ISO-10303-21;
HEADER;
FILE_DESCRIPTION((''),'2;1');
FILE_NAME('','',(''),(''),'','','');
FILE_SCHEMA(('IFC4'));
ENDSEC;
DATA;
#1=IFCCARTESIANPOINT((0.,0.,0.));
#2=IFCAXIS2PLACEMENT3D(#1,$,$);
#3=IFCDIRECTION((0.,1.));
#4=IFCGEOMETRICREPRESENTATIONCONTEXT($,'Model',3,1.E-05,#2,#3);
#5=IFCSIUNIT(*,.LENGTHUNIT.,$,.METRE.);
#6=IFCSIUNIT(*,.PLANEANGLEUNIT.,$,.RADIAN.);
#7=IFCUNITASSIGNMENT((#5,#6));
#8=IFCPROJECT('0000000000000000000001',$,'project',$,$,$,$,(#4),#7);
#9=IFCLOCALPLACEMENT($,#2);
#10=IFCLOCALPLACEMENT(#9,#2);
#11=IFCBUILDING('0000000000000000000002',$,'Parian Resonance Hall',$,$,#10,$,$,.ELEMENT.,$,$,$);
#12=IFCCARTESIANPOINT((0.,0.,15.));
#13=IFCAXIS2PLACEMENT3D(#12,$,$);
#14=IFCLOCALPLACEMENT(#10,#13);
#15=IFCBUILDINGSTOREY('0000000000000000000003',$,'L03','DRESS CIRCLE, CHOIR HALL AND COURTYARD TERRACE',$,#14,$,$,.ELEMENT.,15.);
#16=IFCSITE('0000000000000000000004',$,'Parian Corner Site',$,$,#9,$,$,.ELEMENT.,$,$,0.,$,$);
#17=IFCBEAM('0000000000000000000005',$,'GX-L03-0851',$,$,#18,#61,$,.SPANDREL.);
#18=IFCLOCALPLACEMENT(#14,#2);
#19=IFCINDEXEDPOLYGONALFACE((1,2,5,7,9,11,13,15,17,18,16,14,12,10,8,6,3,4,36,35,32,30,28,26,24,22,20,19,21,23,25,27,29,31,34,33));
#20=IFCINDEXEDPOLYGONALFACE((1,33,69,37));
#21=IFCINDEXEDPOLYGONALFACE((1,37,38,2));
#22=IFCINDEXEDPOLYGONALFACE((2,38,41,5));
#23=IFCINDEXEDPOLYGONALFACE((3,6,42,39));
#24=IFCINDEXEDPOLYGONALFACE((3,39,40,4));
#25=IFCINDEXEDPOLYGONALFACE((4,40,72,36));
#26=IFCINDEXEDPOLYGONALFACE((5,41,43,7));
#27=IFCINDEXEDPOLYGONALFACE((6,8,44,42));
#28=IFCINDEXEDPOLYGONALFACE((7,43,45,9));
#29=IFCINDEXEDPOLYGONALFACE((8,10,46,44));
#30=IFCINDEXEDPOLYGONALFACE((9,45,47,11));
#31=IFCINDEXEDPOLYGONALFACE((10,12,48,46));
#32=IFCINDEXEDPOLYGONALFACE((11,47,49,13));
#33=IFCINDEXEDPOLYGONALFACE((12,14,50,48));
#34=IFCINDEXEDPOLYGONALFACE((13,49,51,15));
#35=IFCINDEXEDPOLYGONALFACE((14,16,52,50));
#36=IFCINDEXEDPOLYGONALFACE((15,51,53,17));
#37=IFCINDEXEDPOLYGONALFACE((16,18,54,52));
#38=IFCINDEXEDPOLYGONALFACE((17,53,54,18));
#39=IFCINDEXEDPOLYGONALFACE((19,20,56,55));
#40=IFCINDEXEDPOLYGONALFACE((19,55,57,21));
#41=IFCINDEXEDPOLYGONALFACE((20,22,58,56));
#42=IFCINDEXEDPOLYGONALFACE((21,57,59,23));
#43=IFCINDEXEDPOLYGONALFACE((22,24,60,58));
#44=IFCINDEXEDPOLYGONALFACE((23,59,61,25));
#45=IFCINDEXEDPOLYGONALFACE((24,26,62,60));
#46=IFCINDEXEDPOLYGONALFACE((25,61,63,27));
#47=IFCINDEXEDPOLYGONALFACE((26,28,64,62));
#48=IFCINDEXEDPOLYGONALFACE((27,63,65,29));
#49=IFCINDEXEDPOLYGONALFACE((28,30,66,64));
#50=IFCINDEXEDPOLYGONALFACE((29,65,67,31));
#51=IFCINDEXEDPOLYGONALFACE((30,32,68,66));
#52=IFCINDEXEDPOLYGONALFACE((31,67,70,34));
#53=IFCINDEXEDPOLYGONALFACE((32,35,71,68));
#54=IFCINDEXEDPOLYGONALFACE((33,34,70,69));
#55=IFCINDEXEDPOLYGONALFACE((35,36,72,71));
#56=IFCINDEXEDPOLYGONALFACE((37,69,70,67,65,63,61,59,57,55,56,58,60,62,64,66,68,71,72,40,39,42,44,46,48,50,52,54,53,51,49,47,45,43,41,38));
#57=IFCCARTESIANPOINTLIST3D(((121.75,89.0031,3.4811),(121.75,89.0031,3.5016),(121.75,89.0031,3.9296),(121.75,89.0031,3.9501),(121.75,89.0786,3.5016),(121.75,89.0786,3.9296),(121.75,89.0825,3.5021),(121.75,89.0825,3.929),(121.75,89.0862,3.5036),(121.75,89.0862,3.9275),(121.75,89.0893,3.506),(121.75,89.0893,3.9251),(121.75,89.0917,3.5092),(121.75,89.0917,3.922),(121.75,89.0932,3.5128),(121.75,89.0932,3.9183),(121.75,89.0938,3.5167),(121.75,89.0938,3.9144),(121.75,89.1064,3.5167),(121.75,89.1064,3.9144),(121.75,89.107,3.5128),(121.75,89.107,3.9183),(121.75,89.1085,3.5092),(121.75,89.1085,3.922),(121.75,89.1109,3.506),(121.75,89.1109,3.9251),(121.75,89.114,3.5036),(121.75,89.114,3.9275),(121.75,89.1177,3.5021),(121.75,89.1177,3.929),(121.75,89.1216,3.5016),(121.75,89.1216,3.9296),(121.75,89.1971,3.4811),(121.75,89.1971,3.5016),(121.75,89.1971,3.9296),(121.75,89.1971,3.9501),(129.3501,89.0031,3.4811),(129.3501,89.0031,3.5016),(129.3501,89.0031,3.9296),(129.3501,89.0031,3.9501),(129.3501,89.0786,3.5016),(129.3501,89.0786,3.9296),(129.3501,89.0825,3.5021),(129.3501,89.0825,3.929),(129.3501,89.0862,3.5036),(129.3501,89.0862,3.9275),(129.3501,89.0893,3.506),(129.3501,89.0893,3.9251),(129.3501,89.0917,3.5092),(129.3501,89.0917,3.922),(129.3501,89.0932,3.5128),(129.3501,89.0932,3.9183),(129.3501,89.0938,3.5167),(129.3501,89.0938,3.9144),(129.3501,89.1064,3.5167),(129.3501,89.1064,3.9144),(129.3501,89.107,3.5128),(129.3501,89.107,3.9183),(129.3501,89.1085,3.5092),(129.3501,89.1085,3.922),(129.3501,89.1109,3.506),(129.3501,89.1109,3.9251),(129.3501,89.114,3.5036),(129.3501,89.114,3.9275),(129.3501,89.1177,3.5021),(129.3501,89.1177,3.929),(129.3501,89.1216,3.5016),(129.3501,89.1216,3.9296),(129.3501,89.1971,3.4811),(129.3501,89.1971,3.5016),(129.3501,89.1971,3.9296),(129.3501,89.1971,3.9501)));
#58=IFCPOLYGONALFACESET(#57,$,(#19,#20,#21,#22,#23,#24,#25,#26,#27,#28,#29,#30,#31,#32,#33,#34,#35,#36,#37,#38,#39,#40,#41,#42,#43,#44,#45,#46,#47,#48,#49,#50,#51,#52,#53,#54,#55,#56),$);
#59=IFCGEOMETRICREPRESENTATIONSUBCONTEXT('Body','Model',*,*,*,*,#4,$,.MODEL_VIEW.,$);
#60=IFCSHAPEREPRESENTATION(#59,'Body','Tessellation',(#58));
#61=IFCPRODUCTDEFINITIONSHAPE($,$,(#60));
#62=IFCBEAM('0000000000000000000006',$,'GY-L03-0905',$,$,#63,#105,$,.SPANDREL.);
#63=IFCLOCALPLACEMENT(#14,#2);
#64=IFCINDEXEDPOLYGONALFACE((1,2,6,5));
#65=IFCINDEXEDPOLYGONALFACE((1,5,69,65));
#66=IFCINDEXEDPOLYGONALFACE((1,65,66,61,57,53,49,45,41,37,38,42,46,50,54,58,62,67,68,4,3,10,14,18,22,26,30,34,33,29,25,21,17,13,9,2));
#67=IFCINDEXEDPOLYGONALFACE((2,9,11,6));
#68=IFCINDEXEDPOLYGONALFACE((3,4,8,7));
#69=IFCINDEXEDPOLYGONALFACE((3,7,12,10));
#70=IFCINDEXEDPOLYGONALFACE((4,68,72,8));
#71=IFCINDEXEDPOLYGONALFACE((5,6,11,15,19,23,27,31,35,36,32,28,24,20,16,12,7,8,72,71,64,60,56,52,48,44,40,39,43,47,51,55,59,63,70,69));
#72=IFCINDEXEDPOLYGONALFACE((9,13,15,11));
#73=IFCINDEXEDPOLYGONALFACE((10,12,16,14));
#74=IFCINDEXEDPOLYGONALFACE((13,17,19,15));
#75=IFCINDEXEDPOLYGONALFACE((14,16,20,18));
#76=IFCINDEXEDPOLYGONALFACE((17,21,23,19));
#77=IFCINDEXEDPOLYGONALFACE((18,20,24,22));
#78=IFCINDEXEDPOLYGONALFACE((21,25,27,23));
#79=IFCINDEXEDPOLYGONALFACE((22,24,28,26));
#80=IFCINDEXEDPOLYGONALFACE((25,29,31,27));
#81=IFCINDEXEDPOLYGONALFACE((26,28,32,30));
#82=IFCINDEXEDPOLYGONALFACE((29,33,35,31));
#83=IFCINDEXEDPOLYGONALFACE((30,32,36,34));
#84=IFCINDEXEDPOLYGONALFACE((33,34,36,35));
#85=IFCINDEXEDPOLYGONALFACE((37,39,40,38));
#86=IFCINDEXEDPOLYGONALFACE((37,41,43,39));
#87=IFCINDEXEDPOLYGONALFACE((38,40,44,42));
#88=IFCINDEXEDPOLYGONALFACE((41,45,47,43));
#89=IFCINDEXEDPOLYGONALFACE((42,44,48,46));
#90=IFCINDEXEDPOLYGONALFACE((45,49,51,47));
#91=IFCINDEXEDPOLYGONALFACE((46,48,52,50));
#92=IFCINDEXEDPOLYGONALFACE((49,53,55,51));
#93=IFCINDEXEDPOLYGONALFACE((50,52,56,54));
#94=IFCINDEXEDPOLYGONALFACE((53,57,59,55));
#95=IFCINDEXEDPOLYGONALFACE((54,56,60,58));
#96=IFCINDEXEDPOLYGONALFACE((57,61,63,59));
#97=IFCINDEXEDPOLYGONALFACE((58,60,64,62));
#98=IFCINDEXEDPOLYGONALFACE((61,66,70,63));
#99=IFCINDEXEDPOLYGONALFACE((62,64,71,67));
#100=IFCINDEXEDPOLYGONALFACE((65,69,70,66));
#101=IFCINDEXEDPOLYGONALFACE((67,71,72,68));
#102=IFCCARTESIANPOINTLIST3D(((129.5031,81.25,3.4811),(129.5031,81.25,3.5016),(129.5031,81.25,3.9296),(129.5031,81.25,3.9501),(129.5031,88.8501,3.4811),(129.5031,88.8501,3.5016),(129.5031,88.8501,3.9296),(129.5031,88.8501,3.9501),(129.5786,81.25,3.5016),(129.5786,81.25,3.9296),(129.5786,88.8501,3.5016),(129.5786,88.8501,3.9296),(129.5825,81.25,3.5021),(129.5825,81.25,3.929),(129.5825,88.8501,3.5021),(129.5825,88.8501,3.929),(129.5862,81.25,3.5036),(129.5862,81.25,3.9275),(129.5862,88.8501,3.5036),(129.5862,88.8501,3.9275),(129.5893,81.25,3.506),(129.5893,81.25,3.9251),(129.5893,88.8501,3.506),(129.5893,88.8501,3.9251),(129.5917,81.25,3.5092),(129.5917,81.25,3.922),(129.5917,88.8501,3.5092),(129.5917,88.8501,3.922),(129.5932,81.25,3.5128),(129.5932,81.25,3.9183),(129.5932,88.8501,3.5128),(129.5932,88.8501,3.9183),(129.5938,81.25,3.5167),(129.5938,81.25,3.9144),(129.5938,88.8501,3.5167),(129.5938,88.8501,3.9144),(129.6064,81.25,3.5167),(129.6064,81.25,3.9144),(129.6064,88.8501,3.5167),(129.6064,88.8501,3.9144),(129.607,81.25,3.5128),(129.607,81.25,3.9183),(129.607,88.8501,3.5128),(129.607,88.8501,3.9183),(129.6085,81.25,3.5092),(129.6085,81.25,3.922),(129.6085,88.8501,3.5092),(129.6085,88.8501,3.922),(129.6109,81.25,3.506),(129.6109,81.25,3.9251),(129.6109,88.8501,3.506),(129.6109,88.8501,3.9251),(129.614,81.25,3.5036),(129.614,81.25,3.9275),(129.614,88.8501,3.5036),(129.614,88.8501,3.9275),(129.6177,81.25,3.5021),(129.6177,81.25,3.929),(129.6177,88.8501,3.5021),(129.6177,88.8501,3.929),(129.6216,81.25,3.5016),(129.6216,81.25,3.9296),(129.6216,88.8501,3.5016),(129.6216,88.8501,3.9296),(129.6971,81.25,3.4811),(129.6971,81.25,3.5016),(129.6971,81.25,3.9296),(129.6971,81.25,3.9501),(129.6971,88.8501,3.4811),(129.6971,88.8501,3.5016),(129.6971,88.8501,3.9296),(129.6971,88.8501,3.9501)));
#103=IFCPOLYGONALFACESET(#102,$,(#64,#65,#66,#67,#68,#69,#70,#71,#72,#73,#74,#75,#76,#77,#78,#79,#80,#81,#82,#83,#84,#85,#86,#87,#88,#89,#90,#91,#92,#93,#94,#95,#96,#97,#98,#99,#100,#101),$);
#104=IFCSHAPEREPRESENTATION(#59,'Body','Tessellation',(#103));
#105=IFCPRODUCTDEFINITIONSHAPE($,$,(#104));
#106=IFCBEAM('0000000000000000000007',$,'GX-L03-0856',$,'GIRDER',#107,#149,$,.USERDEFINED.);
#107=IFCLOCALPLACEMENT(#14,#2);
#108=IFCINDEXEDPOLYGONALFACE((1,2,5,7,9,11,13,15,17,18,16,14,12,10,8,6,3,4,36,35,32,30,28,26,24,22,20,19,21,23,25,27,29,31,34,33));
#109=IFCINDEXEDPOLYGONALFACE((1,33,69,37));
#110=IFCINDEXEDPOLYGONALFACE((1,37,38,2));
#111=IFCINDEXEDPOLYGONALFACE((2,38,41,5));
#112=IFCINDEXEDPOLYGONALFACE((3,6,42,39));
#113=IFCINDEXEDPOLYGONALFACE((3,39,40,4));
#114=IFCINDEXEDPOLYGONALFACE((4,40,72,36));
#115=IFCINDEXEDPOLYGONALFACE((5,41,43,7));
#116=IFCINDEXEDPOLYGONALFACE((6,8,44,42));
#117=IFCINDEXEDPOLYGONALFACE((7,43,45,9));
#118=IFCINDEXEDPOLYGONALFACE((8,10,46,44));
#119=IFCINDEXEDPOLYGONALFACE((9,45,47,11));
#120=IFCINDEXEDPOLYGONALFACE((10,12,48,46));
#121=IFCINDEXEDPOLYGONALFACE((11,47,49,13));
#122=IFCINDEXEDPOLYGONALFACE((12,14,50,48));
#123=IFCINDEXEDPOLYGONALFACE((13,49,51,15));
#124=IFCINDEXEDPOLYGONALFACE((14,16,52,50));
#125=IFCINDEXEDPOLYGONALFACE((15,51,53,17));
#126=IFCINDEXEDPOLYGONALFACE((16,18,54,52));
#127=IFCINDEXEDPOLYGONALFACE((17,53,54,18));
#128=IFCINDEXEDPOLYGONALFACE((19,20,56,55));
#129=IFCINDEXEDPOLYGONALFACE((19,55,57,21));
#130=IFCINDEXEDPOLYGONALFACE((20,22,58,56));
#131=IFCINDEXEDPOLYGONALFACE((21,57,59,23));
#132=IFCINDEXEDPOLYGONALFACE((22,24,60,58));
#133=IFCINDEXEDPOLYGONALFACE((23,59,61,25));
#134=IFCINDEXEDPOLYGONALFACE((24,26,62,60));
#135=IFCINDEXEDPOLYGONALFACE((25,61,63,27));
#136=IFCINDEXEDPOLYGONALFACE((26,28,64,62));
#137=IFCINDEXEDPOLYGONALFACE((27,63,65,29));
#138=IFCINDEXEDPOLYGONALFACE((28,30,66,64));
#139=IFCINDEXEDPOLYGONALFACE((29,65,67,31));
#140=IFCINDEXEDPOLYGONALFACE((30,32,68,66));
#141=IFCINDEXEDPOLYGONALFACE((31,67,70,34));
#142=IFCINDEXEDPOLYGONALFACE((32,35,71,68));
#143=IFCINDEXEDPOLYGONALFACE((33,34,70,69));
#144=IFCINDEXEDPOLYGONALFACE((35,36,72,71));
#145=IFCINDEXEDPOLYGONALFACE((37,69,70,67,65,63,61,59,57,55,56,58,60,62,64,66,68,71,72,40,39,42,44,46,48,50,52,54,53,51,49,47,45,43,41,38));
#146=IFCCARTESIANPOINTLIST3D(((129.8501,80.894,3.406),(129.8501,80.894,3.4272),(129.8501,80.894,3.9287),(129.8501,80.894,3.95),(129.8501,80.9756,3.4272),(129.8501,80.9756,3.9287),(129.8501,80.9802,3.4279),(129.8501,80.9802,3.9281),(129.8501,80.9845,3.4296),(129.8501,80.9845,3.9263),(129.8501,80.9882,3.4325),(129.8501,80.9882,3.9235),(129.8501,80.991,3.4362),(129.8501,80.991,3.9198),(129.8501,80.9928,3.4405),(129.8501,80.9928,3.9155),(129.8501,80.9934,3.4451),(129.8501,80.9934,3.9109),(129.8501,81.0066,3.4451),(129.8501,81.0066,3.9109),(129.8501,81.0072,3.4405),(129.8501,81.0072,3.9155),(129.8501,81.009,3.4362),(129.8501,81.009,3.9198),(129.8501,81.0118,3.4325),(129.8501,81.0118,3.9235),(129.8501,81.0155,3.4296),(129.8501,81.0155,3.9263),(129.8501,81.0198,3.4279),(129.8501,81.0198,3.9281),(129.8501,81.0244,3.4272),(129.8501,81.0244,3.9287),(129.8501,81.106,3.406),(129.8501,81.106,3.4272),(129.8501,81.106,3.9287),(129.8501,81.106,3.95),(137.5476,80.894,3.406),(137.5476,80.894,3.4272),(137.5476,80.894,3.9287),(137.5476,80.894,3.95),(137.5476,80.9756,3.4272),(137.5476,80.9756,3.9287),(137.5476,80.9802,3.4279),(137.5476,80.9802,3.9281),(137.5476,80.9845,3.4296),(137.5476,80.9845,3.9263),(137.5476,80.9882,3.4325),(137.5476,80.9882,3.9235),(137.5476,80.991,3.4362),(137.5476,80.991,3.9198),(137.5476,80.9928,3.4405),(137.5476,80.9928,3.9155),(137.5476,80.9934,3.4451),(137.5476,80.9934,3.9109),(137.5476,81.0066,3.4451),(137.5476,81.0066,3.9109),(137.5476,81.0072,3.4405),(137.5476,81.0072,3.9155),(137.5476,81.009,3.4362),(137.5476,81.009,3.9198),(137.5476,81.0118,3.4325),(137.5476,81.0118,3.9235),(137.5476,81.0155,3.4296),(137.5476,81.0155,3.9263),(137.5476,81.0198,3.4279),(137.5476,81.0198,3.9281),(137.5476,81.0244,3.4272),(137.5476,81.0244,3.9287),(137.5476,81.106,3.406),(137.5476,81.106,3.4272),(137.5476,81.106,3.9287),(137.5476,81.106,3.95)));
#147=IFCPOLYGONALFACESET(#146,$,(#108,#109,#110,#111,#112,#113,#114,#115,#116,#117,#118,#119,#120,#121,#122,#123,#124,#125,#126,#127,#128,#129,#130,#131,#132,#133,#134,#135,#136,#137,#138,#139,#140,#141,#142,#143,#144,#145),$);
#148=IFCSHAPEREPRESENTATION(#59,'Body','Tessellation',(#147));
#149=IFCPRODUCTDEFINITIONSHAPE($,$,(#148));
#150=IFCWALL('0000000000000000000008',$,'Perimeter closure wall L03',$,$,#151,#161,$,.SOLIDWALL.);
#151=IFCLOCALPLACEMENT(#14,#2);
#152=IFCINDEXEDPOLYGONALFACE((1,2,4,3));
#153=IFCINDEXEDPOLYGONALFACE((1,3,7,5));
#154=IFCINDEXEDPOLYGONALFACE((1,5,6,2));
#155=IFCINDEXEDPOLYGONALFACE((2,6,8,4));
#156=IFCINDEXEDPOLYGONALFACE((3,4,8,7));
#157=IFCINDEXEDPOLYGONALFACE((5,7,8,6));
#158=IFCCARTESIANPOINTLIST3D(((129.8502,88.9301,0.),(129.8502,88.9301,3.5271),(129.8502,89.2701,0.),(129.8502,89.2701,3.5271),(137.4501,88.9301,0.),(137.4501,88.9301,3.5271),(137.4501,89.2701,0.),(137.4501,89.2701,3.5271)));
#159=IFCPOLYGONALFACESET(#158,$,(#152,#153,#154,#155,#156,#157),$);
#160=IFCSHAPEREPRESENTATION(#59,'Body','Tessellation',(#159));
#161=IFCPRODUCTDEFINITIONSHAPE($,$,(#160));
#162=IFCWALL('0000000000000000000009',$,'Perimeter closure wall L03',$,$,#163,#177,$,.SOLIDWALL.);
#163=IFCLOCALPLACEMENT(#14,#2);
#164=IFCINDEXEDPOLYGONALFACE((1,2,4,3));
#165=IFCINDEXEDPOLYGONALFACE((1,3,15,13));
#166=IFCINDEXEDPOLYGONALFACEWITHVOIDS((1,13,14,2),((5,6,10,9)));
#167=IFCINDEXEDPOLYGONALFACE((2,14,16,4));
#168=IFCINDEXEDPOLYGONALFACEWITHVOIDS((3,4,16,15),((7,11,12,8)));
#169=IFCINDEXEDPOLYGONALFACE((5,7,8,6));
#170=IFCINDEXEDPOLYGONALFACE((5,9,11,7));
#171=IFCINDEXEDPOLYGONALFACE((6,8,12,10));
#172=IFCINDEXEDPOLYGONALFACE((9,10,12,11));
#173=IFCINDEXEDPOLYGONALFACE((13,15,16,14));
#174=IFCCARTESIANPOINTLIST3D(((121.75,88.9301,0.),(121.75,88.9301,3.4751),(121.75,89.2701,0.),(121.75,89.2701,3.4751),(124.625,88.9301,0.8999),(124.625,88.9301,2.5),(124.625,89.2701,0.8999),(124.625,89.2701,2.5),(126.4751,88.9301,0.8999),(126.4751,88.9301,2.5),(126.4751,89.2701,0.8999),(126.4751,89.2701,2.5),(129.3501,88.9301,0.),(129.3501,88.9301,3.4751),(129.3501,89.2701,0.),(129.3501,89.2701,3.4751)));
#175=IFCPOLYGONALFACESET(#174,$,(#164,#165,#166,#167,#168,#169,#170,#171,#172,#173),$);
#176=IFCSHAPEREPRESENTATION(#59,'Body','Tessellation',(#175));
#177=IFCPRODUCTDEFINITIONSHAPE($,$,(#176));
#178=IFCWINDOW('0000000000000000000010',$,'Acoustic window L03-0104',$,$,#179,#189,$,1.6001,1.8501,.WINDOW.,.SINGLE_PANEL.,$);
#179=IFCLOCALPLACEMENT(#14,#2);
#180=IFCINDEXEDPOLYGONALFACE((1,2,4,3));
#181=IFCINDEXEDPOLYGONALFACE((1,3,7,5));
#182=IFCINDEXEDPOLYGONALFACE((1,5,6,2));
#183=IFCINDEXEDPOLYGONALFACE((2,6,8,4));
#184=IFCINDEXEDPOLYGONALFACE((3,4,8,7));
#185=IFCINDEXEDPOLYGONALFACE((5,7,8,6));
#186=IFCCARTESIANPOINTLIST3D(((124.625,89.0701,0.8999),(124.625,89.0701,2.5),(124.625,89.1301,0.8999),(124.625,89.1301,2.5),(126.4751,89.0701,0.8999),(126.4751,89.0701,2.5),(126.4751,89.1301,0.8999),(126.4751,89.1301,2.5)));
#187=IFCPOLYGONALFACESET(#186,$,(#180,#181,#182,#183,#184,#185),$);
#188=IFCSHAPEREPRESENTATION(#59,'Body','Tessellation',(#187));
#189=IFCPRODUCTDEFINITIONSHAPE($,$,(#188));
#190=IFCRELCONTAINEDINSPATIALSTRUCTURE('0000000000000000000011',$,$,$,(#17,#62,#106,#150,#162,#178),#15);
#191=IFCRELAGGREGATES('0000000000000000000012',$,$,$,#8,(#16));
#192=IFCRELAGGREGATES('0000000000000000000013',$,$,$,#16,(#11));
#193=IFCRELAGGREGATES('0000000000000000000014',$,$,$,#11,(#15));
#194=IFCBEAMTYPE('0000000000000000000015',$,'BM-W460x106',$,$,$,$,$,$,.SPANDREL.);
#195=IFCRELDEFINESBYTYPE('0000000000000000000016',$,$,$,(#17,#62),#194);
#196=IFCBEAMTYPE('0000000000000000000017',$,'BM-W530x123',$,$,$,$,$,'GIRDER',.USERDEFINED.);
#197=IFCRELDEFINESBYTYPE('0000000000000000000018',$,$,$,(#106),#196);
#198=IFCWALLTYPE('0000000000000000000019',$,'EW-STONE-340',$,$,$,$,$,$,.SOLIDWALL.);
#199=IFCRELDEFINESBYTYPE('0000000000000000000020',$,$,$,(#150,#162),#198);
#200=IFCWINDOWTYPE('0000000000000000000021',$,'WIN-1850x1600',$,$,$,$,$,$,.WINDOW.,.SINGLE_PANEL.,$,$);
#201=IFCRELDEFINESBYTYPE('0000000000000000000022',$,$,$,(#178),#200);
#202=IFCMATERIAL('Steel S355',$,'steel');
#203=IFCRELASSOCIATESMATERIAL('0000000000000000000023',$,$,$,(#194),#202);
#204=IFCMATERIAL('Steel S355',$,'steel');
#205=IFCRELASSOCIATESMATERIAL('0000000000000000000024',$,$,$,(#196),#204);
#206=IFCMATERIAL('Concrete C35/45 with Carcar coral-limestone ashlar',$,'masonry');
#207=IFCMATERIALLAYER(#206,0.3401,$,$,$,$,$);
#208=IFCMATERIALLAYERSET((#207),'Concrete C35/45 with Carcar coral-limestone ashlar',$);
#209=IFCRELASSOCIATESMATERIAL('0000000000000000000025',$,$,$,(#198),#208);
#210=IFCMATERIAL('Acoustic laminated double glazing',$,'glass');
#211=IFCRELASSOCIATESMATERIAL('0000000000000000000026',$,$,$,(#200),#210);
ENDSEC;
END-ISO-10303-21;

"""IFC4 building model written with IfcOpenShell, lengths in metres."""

from ifc_helpers import new_model, si_unit, direction, frame, frame_2d, origin, origin_2d, place, context, subcontext, project, spatial, rectangle, i_section, extrude, material, layer, layer_set, material_profile, profile_set, type_object, element, fill, save


model = new_model("IFC4")

# Units and contexts
model_context = context("Model", 3, precision=1e-05, world=origin(), true_north=direction((0.0, 1.0)))
body_context = subcontext(model_context, "Body", "Model", "MODEL_VIEW")
ifc_project = project(units=[si_unit("LENGTHUNIT", "METRE"), si_unit("PLANEANGLEUNIT", "RADIAN")], contexts=[model_context])

# Site, building, storey
site_placement = place(None, origin())
site = spatial("IfcSite", under=ifc_project, at=site_placement, Name="Parian Corner Site", CompositionType="ELEMENT", RefElevation=0.0)
building_placement = place(site_placement, origin())
building = spatial("IfcBuilding", under=site, at=building_placement, Name="Parian Resonance Hall", CompositionType="ELEMENT")
storey_placement = place(building_placement, frame((0.0, 0.0, 15.0)))
storey = spatial("IfcBuildingStorey", under=building, at=storey_placement, Name="L03", Description="DRESS CIRCLE, CHOIR HALL AND COURTYARD TERRACE", CompositionType="ELEMENT", Elevation=15.0)

# Beams
ifc_material_1 = material(Name="Steel S355", Category="steel")
ifc_material_profile_1 = material_profile(ifc_material_1, i_section(OverallWidth=0.1941, OverallDepth=0.469, WebThickness=0.0127, FlangeThickness=0.0205, FilletRadius=0.0151, at=origin_2d()), Name="W460x106")
ifc_profile_set_1 = profile_set([ifc_material_profile_1], Name="Steel S355")
beam_type_1 = type_object("IfcBeamType", Name="BM-W460x106", PredefinedType="SPANDREL", material=ifc_profile_set_1)
for number, where, z_axis, x_axis, name in (
    (1, (121.75, 89.1001, 3.7156), (1.0, 0.0, 0.0), (0.0, 1.0, 0.0), "GX-L03-0851"),
    (2, (129.6001, 81.25, 3.7156), (0.0, 1.0, 0.0), (-1.0, 0.0, 0.0), "GY-L03-0905"),
):
    element("IfcBeam", number, at=place(storey_placement, frame(where, z_axis=z_axis, x_axis=x_axis)), inside=storey, type_object=beam_type_1, Name=name, PredefinedType="SPANDREL", context=body_context, shape_type="SweptSolid", body=[
        extrude(i_section(OverallWidth=0.1941, OverallDepth=0.469, WebThickness=0.0127, FlangeThickness=0.0205, FilletRadius=0.0151, at=origin_2d()), origin(), (0.0, 0.0, 1.0), 7.6001),
    ])
ifc_material_2 = material(Name="Steel S355", Category="steel")
ifc_material_profile_2 = material_profile(ifc_material_2, i_section(OverallWidth=0.2119, OverallDepth=0.5439, WebThickness=0.0132, FlangeThickness=0.0212, FilletRadius=0.0178, at=origin_2d()), Name="W530x123")
ifc_profile_set_2 = profile_set([ifc_material_profile_2], Name="Steel S355")
beam_type_2 = type_object("IfcBeamType", Name="BM-W530x123", ElementType="GIRDER", PredefinedType="USERDEFINED", material=ifc_profile_set_2)
beam_1_placement = place(storey_placement, frame((129.8501, 81.0, 3.678), z_axis=(1.0, 0.0, 0.0), x_axis=(0.0, 1.0, 0.0)))
element("IfcBeam", 3, at=beam_1_placement, inside=storey, type_object=beam_type_2, Name="GX-L03-0856", ObjectType="GIRDER", PredefinedType="USERDEFINED", context=body_context, shape_type="SweptSolid", body=[
    extrude(i_section(OverallWidth=0.2119, OverallDepth=0.5439, WebThickness=0.0132, FlangeThickness=0.0212, FilletRadius=0.0178, at=origin_2d()), origin(), (0.0, 0.0, 1.0), 7.6975),
])

# Wall
ifc_material_3 = material(Name="Concrete C35/45 with Carcar coral-limestone ashlar", Category="masonry")
ifc_layer_1 = layer(ifc_material_3, 0.3401)
ifc_layer_set_1 = layer_set([ifc_layer_1], Name="Concrete C35/45 with Carcar coral-limestone ashlar")
wall_type_1 = type_object("IfcWallType", Name="EW-STONE-340", PredefinedType="SOLIDWALL", material=ifc_layer_set_1)
wall_1_placement = place(storey_placement, frame((137.45, 89.1001, 0.0), z_axis=(0.0, 0.0, 1.0), x_axis=(-1.0, 0.0, 0.0)))
element("IfcWall", 4, at=wall_1_placement, inside=storey, type_object=wall_type_1, Name="Perimeter closure wall L03", PredefinedType="SOLIDWALL", context=body_context, shape_type="SweptSolid", body=[
    extrude(rectangle(XDim=7.5999, YDim=0.3401, at=frame_2d((3.7998, 0.0))), origin(), (0.0, 0.0, 1.0), 3.5271),
])

# Wall, opening, window
wall_2_placement = place(storey_placement, frame((129.3501, 89.1001, 0.0), z_axis=(0.0, 0.0, 1.0), x_axis=(-1.0, 0.0, 0.0)))
wall_2 = element("IfcWall", 5, at=wall_2_placement, inside=storey, type_object=wall_type_1, Name="Perimeter closure wall L03", PredefinedType="SOLIDWALL", context=body_context, shape_type="SweptSolid", body=[
    extrude(rectangle(XDim=7.6001, YDim=0.3401, at=frame_2d((3.8, 0.0))), origin(), (0.0, 0.0, 1.0), 3.4751),
])
opening_1_placement = place(wall_2_placement, frame((2.875, 0.0, 0.8999)))
opening_1 = element("IfcOpeningElement", 6, at=opening_1_placement, cuts=wall_2, PredefinedType="OPENING", context=body_context, shape_type="SweptSolid", body=[
    extrude(rectangle(XDim=1.8501, YDim=1.6001, at=frame_2d((0.925, 0.8))), frame((0.0, 0.1799, 0.0), z_axis=(0.0, -1.0, 0.0), x_axis=(1.0, 0.0, 0.0)), (0.0, 0.0, 1.0), 0.3601),
])
ifc_material_4 = material(Name="Acoustic laminated double glazing", Category="glass")
window_type = type_object("IfcWindowType", Name="WIN-1850x1600", PartitioningType="SINGLE_PANEL", PredefinedType="WINDOW", material=ifc_material_4)
window_placement = place(opening_1_placement, origin())
window = element("IfcWindow", 7, at=window_placement, inside=storey, type_object=window_type, Name="Acoustic window L03-0104", OverallHeight=1.6001, OverallWidth=1.8501, PartitioningType="SINGLE_PANEL", PredefinedType="WINDOW", context=body_context, shape_type="SweptSolid", body=[
    extrude(rectangle(XDim=1.8501, YDim=1.6001, at=frame_2d((0.925, 0.8))), frame((0.0, 0.03, 0.0), z_axis=(0.0, -1.0, 0.0), x_axis=(1.0, 0.0, 0.0)), (0.0, 0.0, 1.0), 0.0601),
])
fill(opening_1, window)

save(model, "model.ifc")
